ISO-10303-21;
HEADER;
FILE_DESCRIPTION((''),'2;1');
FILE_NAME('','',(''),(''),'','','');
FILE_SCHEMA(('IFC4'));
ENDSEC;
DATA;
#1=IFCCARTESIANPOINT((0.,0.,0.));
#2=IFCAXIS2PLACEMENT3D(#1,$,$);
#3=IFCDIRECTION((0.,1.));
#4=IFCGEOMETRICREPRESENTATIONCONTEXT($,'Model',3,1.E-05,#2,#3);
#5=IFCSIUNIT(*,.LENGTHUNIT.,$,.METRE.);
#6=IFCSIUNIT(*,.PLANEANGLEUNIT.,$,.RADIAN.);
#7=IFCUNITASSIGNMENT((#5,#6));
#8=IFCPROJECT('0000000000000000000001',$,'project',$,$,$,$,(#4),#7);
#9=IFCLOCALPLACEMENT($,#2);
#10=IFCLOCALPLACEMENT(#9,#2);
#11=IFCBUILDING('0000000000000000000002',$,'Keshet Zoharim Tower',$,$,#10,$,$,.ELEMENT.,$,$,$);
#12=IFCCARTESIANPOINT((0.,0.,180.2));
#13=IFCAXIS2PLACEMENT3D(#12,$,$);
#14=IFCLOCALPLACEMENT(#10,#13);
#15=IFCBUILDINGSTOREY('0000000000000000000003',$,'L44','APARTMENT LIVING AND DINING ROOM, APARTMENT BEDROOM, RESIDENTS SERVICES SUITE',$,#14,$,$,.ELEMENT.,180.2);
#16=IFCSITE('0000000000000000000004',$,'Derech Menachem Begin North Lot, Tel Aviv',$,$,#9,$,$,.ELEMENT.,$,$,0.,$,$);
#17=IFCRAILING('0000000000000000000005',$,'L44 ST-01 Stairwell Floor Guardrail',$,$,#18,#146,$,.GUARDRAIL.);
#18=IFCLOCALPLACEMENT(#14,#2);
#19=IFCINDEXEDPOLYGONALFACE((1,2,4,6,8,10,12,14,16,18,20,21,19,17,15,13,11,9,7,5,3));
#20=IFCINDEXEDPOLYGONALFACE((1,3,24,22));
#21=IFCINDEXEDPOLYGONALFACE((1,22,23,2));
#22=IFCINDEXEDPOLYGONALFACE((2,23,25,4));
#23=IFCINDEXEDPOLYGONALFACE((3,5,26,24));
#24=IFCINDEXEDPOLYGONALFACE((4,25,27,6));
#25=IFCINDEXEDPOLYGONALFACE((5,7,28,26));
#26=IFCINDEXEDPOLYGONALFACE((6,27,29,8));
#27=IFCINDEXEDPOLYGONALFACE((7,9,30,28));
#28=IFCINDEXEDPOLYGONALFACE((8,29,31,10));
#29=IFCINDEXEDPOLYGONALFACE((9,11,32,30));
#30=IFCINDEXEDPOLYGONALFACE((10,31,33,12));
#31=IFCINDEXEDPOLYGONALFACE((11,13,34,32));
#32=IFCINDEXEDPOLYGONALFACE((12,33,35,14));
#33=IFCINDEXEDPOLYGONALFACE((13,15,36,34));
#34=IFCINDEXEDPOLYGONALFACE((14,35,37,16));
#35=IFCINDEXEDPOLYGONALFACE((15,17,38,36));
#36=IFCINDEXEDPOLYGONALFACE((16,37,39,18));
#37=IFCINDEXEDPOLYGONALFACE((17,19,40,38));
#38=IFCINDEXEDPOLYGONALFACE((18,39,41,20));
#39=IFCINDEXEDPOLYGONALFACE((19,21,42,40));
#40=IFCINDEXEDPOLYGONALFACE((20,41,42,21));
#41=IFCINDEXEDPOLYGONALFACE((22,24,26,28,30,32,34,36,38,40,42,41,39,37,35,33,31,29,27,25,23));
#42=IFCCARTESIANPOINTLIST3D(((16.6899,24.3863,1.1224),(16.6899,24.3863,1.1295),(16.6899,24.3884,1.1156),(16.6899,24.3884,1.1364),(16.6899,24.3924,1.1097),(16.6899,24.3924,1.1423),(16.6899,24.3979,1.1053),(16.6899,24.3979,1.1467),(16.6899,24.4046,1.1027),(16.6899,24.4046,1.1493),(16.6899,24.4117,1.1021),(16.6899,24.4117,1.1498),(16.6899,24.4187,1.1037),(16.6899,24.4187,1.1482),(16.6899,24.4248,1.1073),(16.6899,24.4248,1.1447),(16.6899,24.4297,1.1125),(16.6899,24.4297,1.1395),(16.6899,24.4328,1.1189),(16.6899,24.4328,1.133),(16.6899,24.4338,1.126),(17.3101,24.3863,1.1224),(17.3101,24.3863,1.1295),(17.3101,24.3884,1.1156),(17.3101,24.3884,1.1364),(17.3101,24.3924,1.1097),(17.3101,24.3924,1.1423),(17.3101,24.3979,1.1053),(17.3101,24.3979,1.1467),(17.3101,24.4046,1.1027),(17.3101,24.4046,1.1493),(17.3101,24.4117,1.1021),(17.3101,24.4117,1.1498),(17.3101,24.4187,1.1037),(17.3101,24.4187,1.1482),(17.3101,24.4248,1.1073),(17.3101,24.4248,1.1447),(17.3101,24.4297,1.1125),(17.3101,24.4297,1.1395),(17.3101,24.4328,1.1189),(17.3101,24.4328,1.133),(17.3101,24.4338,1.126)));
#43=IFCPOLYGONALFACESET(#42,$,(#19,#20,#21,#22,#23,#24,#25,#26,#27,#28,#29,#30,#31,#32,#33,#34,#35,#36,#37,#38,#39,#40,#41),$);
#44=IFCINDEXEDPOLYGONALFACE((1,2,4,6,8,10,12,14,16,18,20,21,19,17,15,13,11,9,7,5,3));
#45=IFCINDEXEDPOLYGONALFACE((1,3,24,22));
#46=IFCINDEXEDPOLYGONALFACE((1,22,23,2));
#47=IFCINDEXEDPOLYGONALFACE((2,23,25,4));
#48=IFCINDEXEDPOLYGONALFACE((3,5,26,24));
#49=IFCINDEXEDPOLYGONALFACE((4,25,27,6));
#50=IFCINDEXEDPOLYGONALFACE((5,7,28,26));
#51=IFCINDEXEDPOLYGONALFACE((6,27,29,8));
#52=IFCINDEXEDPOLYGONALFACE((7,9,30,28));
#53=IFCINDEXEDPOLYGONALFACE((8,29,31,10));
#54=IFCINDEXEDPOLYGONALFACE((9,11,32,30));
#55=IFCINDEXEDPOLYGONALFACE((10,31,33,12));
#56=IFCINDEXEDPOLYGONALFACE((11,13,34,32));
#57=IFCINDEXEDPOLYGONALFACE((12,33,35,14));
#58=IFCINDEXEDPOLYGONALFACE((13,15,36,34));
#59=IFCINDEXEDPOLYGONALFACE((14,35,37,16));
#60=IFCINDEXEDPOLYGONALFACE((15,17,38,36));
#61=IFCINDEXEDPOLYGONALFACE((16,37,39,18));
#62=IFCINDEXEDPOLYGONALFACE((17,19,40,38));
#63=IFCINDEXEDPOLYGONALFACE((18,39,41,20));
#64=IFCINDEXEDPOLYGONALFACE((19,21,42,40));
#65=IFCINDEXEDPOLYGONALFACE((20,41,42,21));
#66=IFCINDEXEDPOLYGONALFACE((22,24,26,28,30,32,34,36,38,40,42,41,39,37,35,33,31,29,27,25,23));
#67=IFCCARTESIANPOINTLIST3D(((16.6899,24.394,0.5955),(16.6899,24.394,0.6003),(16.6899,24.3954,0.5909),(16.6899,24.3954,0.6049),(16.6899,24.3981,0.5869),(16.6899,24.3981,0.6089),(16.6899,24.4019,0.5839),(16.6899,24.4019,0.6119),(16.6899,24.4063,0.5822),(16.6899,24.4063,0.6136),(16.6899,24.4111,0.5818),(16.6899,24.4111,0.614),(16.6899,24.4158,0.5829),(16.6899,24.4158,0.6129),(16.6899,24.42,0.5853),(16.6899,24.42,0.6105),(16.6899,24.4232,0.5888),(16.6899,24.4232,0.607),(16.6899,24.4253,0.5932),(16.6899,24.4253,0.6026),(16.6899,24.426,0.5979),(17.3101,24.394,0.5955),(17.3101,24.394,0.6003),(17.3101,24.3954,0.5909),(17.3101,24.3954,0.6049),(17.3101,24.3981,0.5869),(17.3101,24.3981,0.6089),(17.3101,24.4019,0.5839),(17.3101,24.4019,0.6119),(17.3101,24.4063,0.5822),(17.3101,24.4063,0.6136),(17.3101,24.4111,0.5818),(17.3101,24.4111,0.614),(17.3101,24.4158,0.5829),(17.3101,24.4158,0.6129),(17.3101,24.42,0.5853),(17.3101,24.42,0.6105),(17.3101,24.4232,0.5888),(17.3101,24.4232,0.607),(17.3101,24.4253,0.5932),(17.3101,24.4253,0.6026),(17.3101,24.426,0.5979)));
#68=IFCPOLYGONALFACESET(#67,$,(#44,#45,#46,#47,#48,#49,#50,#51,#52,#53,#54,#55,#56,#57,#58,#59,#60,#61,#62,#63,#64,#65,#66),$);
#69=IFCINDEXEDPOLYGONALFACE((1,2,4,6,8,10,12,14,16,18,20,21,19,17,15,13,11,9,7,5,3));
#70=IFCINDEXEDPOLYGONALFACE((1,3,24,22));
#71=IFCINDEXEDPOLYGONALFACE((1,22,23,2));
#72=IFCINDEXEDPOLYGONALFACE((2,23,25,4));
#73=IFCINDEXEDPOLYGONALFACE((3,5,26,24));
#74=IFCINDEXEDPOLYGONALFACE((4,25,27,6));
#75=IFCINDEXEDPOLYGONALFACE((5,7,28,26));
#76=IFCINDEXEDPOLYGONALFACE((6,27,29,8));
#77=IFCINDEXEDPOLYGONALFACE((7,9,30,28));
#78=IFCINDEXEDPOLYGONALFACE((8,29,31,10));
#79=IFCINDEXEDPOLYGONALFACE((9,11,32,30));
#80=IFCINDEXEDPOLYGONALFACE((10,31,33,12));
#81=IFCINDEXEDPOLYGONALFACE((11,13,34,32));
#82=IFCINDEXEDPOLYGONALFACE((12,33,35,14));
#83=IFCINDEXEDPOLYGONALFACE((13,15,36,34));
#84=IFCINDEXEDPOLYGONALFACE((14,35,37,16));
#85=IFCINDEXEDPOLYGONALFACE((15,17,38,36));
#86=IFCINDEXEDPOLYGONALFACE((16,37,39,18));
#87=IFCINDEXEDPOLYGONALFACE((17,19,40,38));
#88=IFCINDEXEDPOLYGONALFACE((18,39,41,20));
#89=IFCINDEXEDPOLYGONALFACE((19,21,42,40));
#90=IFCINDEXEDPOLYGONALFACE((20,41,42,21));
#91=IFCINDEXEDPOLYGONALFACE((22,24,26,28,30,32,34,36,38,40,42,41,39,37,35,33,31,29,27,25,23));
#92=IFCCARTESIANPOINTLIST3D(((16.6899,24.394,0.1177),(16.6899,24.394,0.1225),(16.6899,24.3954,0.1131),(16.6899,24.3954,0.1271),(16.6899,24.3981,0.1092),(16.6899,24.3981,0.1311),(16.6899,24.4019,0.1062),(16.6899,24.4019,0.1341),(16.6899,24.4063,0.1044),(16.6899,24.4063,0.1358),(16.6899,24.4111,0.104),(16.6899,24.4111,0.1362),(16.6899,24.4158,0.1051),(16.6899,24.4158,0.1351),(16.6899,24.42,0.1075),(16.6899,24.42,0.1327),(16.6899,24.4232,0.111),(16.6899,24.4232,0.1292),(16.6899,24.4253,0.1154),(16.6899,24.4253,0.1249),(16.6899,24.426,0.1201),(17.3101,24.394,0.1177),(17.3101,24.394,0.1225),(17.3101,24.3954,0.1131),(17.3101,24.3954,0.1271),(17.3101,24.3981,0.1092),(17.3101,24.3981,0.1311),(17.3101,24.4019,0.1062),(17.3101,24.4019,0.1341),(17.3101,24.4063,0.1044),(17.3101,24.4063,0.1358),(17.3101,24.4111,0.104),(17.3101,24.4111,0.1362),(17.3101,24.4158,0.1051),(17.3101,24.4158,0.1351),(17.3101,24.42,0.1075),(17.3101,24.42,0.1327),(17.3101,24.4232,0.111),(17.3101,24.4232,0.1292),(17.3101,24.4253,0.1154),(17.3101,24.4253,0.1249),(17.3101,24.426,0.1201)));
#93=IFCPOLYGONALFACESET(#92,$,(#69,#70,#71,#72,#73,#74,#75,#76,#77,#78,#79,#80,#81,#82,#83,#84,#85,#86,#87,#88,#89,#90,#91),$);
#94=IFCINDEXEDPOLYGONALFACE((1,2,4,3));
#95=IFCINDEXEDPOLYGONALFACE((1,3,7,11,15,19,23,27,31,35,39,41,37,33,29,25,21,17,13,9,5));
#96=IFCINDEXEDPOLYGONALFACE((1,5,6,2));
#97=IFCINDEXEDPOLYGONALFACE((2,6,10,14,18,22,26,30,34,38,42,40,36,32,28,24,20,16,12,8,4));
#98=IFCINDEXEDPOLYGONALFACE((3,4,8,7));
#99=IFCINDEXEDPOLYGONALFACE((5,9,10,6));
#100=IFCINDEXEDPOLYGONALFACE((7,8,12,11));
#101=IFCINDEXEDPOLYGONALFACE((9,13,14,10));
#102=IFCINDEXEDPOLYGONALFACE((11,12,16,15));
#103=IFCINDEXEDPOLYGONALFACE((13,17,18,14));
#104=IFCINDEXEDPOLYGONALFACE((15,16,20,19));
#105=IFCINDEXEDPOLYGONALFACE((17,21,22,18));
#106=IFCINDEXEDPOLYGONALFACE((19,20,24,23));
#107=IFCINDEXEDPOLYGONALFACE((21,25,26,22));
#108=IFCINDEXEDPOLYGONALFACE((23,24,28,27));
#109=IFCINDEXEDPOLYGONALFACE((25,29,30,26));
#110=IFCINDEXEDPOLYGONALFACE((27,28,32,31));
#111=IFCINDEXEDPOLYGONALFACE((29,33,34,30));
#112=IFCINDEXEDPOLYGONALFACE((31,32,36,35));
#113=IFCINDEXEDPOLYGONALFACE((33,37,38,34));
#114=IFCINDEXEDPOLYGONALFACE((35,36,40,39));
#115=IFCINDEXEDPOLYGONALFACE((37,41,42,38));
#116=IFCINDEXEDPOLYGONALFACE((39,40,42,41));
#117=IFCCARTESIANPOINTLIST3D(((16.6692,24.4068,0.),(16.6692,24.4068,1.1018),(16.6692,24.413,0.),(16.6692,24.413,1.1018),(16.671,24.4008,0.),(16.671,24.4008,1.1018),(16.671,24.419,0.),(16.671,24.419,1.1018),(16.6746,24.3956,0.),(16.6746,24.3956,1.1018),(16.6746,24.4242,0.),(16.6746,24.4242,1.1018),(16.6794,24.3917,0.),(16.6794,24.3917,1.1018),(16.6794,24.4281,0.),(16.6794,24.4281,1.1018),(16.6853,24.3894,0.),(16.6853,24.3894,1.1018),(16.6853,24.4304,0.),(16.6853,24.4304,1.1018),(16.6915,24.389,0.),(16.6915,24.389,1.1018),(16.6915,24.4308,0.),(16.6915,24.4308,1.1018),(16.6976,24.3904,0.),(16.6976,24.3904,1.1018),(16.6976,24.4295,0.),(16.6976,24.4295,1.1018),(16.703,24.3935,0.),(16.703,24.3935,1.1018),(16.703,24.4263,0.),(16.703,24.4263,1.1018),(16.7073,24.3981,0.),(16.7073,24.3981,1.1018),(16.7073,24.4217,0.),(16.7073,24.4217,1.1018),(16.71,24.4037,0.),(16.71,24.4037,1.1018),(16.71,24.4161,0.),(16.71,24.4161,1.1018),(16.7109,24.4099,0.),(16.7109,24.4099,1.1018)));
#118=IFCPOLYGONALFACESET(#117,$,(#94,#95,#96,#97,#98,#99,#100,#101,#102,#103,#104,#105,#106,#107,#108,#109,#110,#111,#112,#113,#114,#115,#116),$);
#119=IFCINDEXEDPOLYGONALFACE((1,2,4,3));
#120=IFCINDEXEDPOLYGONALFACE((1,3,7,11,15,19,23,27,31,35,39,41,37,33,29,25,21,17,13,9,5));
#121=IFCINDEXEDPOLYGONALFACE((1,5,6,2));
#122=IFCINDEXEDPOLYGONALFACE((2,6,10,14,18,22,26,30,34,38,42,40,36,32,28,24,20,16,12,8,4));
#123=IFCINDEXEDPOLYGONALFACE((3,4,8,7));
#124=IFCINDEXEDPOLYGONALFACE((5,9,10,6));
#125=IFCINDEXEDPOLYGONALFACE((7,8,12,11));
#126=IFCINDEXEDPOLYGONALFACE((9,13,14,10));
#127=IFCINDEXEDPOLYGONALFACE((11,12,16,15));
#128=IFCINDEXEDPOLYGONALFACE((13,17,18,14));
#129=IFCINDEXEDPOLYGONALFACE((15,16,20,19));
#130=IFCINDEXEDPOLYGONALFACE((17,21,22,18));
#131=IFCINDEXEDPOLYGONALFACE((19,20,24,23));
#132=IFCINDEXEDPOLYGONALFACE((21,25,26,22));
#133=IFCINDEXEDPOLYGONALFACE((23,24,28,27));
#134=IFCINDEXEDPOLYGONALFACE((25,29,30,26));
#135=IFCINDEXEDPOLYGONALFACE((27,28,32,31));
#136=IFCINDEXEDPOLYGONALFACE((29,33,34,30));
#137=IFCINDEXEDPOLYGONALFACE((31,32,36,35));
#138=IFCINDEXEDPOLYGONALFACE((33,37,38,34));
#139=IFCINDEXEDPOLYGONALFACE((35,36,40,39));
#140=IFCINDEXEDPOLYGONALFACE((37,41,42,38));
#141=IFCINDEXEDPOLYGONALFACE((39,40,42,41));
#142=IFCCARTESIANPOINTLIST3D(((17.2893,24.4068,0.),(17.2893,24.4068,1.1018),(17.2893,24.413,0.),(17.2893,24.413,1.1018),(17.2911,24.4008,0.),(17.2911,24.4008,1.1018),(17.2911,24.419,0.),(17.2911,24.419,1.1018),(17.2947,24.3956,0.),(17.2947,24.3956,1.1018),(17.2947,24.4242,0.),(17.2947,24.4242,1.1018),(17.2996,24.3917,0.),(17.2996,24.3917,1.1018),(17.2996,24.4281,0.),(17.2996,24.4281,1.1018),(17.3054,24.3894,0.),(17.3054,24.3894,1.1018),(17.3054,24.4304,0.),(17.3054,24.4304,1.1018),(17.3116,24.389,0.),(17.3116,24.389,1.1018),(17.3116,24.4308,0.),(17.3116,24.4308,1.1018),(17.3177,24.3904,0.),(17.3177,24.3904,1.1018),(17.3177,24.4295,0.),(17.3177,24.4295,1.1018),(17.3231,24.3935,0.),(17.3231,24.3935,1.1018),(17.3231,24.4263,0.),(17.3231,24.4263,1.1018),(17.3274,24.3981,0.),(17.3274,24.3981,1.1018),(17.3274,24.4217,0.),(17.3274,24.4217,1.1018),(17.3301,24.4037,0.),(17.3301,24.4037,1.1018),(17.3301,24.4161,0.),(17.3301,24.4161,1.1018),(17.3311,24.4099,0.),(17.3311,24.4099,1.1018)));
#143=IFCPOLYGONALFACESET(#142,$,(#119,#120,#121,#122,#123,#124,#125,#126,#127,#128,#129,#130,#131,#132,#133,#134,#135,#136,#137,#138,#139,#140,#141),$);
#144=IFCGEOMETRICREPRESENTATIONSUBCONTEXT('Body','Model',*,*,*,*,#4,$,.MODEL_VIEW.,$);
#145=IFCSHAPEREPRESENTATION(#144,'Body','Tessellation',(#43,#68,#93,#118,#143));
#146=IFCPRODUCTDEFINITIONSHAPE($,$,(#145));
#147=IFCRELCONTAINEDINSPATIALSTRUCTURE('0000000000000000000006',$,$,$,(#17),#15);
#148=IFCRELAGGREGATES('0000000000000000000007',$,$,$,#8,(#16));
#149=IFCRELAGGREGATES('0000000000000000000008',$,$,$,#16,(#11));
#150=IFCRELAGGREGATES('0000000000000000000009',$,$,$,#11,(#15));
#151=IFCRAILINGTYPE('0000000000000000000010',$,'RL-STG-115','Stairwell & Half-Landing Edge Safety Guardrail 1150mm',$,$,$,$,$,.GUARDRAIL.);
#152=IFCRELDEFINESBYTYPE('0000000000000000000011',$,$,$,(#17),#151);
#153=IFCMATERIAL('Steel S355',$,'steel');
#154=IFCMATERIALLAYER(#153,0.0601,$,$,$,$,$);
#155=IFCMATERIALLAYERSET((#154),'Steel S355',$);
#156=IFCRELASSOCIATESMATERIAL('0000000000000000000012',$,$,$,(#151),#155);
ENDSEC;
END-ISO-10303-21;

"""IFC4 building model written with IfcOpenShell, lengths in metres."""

from ifc_helpers import new_model, si_unit, direction, frame, origin, origin_2d, place, context, subcontext, project, spatial, circle, extrude, material, layer, layer_set, type_object, element, save


model = new_model("IFC4")

# Units and contexts
model_context = context("Model", 3, precision=1e-05, world=origin(), true_north=direction((0.0, 1.0)))
body_context = subcontext(model_context, "Body", "Model", "MODEL_VIEW")
ifc_project = project(units=[si_unit("LENGTHUNIT", "METRE"), si_unit("PLANEANGLEUNIT", "RADIAN")], contexts=[model_context])

# Site, building, storey
site_placement = place(None, origin())
site = spatial("IfcSite", under=ifc_project, at=site_placement, Name="Derech Menachem Begin North Lot, Tel Aviv", CompositionType="ELEMENT", RefElevation=0.0)
building_placement = place(site_placement, origin())
building = spatial("IfcBuilding", under=site, at=building_placement, Name="Keshet Zoharim Tower", CompositionType="ELEMENT")
storey_placement = place(building_placement, frame((0.0, 0.0, 180.2)))
storey = spatial("IfcBuildingStorey", under=building, at=storey_placement, Name="L44", Description="APARTMENT LIVING AND DINING ROOM, APARTMENT BEDROOM, RESIDENTS SERVICES SUITE", CompositionType="ELEMENT", Elevation=180.2)

# Railing
ifc_material_1 = material(Name="Steel S355", Category="steel")
ifc_layer_1 = layer(ifc_material_1, 0.0601)
ifc_layer_set_1 = layer_set([ifc_layer_1], Name="Steel S355")
railing_type_1 = type_object("IfcRailingType", Name="RL-STG-115", Description="Stairwell & Half-Landing Edge Safety Guardrail 1150mm", PredefinedType="GUARDRAIL", material=ifc_layer_set_1)
railing_1_placement = place(storey_placement, frame((16.6899, 24.4099, 0.0)))
element("IfcRailing", 1, at=railing_1_placement, inside=storey, type_object=railing_type_1, Name="L44 ST-01 Stairwell Floor Guardrail", PredefinedType="GUARDRAIL", context=body_context, shape_type="SweptSolid", body=[
    extrude(circle(Radius=0.0239, at=origin_2d()), frame((0.0, 0.0, 1.126), z_axis=(1.0, 0.0, 0.0), x_axis=(0.0, 1.0, 0.0)), (0.0, 0.0, 1.0), 0.6201),
    extrude(circle(Radius=0.0161, at=origin_2d()), frame((0.0, 0.0, 0.5979), z_axis=(1.0, 0.0, 0.0), x_axis=(0.0, 1.0, 0.0)), (0.0, 0.0, 1.0), 0.6201),
    extrude(circle(Radius=0.0161, at=origin_2d()), frame((0.0, 0.0, 0.1201), z_axis=(1.0, 0.0, 0.0), x_axis=(0.0, 1.0, 0.0)), (0.0, 0.0, 1.0), 0.6201),
    extrude(circle(Radius=0.021, at=origin_2d()), origin(), (0.0, 0.0, 1.0), 1.1018),
    extrude(circle(Radius=0.021, at=origin_2d()), frame((0.6201, 0.0, 0.0)), (0.0, 0.0, 1.0), 1.1018),
])

save(model, "model.ifc")
